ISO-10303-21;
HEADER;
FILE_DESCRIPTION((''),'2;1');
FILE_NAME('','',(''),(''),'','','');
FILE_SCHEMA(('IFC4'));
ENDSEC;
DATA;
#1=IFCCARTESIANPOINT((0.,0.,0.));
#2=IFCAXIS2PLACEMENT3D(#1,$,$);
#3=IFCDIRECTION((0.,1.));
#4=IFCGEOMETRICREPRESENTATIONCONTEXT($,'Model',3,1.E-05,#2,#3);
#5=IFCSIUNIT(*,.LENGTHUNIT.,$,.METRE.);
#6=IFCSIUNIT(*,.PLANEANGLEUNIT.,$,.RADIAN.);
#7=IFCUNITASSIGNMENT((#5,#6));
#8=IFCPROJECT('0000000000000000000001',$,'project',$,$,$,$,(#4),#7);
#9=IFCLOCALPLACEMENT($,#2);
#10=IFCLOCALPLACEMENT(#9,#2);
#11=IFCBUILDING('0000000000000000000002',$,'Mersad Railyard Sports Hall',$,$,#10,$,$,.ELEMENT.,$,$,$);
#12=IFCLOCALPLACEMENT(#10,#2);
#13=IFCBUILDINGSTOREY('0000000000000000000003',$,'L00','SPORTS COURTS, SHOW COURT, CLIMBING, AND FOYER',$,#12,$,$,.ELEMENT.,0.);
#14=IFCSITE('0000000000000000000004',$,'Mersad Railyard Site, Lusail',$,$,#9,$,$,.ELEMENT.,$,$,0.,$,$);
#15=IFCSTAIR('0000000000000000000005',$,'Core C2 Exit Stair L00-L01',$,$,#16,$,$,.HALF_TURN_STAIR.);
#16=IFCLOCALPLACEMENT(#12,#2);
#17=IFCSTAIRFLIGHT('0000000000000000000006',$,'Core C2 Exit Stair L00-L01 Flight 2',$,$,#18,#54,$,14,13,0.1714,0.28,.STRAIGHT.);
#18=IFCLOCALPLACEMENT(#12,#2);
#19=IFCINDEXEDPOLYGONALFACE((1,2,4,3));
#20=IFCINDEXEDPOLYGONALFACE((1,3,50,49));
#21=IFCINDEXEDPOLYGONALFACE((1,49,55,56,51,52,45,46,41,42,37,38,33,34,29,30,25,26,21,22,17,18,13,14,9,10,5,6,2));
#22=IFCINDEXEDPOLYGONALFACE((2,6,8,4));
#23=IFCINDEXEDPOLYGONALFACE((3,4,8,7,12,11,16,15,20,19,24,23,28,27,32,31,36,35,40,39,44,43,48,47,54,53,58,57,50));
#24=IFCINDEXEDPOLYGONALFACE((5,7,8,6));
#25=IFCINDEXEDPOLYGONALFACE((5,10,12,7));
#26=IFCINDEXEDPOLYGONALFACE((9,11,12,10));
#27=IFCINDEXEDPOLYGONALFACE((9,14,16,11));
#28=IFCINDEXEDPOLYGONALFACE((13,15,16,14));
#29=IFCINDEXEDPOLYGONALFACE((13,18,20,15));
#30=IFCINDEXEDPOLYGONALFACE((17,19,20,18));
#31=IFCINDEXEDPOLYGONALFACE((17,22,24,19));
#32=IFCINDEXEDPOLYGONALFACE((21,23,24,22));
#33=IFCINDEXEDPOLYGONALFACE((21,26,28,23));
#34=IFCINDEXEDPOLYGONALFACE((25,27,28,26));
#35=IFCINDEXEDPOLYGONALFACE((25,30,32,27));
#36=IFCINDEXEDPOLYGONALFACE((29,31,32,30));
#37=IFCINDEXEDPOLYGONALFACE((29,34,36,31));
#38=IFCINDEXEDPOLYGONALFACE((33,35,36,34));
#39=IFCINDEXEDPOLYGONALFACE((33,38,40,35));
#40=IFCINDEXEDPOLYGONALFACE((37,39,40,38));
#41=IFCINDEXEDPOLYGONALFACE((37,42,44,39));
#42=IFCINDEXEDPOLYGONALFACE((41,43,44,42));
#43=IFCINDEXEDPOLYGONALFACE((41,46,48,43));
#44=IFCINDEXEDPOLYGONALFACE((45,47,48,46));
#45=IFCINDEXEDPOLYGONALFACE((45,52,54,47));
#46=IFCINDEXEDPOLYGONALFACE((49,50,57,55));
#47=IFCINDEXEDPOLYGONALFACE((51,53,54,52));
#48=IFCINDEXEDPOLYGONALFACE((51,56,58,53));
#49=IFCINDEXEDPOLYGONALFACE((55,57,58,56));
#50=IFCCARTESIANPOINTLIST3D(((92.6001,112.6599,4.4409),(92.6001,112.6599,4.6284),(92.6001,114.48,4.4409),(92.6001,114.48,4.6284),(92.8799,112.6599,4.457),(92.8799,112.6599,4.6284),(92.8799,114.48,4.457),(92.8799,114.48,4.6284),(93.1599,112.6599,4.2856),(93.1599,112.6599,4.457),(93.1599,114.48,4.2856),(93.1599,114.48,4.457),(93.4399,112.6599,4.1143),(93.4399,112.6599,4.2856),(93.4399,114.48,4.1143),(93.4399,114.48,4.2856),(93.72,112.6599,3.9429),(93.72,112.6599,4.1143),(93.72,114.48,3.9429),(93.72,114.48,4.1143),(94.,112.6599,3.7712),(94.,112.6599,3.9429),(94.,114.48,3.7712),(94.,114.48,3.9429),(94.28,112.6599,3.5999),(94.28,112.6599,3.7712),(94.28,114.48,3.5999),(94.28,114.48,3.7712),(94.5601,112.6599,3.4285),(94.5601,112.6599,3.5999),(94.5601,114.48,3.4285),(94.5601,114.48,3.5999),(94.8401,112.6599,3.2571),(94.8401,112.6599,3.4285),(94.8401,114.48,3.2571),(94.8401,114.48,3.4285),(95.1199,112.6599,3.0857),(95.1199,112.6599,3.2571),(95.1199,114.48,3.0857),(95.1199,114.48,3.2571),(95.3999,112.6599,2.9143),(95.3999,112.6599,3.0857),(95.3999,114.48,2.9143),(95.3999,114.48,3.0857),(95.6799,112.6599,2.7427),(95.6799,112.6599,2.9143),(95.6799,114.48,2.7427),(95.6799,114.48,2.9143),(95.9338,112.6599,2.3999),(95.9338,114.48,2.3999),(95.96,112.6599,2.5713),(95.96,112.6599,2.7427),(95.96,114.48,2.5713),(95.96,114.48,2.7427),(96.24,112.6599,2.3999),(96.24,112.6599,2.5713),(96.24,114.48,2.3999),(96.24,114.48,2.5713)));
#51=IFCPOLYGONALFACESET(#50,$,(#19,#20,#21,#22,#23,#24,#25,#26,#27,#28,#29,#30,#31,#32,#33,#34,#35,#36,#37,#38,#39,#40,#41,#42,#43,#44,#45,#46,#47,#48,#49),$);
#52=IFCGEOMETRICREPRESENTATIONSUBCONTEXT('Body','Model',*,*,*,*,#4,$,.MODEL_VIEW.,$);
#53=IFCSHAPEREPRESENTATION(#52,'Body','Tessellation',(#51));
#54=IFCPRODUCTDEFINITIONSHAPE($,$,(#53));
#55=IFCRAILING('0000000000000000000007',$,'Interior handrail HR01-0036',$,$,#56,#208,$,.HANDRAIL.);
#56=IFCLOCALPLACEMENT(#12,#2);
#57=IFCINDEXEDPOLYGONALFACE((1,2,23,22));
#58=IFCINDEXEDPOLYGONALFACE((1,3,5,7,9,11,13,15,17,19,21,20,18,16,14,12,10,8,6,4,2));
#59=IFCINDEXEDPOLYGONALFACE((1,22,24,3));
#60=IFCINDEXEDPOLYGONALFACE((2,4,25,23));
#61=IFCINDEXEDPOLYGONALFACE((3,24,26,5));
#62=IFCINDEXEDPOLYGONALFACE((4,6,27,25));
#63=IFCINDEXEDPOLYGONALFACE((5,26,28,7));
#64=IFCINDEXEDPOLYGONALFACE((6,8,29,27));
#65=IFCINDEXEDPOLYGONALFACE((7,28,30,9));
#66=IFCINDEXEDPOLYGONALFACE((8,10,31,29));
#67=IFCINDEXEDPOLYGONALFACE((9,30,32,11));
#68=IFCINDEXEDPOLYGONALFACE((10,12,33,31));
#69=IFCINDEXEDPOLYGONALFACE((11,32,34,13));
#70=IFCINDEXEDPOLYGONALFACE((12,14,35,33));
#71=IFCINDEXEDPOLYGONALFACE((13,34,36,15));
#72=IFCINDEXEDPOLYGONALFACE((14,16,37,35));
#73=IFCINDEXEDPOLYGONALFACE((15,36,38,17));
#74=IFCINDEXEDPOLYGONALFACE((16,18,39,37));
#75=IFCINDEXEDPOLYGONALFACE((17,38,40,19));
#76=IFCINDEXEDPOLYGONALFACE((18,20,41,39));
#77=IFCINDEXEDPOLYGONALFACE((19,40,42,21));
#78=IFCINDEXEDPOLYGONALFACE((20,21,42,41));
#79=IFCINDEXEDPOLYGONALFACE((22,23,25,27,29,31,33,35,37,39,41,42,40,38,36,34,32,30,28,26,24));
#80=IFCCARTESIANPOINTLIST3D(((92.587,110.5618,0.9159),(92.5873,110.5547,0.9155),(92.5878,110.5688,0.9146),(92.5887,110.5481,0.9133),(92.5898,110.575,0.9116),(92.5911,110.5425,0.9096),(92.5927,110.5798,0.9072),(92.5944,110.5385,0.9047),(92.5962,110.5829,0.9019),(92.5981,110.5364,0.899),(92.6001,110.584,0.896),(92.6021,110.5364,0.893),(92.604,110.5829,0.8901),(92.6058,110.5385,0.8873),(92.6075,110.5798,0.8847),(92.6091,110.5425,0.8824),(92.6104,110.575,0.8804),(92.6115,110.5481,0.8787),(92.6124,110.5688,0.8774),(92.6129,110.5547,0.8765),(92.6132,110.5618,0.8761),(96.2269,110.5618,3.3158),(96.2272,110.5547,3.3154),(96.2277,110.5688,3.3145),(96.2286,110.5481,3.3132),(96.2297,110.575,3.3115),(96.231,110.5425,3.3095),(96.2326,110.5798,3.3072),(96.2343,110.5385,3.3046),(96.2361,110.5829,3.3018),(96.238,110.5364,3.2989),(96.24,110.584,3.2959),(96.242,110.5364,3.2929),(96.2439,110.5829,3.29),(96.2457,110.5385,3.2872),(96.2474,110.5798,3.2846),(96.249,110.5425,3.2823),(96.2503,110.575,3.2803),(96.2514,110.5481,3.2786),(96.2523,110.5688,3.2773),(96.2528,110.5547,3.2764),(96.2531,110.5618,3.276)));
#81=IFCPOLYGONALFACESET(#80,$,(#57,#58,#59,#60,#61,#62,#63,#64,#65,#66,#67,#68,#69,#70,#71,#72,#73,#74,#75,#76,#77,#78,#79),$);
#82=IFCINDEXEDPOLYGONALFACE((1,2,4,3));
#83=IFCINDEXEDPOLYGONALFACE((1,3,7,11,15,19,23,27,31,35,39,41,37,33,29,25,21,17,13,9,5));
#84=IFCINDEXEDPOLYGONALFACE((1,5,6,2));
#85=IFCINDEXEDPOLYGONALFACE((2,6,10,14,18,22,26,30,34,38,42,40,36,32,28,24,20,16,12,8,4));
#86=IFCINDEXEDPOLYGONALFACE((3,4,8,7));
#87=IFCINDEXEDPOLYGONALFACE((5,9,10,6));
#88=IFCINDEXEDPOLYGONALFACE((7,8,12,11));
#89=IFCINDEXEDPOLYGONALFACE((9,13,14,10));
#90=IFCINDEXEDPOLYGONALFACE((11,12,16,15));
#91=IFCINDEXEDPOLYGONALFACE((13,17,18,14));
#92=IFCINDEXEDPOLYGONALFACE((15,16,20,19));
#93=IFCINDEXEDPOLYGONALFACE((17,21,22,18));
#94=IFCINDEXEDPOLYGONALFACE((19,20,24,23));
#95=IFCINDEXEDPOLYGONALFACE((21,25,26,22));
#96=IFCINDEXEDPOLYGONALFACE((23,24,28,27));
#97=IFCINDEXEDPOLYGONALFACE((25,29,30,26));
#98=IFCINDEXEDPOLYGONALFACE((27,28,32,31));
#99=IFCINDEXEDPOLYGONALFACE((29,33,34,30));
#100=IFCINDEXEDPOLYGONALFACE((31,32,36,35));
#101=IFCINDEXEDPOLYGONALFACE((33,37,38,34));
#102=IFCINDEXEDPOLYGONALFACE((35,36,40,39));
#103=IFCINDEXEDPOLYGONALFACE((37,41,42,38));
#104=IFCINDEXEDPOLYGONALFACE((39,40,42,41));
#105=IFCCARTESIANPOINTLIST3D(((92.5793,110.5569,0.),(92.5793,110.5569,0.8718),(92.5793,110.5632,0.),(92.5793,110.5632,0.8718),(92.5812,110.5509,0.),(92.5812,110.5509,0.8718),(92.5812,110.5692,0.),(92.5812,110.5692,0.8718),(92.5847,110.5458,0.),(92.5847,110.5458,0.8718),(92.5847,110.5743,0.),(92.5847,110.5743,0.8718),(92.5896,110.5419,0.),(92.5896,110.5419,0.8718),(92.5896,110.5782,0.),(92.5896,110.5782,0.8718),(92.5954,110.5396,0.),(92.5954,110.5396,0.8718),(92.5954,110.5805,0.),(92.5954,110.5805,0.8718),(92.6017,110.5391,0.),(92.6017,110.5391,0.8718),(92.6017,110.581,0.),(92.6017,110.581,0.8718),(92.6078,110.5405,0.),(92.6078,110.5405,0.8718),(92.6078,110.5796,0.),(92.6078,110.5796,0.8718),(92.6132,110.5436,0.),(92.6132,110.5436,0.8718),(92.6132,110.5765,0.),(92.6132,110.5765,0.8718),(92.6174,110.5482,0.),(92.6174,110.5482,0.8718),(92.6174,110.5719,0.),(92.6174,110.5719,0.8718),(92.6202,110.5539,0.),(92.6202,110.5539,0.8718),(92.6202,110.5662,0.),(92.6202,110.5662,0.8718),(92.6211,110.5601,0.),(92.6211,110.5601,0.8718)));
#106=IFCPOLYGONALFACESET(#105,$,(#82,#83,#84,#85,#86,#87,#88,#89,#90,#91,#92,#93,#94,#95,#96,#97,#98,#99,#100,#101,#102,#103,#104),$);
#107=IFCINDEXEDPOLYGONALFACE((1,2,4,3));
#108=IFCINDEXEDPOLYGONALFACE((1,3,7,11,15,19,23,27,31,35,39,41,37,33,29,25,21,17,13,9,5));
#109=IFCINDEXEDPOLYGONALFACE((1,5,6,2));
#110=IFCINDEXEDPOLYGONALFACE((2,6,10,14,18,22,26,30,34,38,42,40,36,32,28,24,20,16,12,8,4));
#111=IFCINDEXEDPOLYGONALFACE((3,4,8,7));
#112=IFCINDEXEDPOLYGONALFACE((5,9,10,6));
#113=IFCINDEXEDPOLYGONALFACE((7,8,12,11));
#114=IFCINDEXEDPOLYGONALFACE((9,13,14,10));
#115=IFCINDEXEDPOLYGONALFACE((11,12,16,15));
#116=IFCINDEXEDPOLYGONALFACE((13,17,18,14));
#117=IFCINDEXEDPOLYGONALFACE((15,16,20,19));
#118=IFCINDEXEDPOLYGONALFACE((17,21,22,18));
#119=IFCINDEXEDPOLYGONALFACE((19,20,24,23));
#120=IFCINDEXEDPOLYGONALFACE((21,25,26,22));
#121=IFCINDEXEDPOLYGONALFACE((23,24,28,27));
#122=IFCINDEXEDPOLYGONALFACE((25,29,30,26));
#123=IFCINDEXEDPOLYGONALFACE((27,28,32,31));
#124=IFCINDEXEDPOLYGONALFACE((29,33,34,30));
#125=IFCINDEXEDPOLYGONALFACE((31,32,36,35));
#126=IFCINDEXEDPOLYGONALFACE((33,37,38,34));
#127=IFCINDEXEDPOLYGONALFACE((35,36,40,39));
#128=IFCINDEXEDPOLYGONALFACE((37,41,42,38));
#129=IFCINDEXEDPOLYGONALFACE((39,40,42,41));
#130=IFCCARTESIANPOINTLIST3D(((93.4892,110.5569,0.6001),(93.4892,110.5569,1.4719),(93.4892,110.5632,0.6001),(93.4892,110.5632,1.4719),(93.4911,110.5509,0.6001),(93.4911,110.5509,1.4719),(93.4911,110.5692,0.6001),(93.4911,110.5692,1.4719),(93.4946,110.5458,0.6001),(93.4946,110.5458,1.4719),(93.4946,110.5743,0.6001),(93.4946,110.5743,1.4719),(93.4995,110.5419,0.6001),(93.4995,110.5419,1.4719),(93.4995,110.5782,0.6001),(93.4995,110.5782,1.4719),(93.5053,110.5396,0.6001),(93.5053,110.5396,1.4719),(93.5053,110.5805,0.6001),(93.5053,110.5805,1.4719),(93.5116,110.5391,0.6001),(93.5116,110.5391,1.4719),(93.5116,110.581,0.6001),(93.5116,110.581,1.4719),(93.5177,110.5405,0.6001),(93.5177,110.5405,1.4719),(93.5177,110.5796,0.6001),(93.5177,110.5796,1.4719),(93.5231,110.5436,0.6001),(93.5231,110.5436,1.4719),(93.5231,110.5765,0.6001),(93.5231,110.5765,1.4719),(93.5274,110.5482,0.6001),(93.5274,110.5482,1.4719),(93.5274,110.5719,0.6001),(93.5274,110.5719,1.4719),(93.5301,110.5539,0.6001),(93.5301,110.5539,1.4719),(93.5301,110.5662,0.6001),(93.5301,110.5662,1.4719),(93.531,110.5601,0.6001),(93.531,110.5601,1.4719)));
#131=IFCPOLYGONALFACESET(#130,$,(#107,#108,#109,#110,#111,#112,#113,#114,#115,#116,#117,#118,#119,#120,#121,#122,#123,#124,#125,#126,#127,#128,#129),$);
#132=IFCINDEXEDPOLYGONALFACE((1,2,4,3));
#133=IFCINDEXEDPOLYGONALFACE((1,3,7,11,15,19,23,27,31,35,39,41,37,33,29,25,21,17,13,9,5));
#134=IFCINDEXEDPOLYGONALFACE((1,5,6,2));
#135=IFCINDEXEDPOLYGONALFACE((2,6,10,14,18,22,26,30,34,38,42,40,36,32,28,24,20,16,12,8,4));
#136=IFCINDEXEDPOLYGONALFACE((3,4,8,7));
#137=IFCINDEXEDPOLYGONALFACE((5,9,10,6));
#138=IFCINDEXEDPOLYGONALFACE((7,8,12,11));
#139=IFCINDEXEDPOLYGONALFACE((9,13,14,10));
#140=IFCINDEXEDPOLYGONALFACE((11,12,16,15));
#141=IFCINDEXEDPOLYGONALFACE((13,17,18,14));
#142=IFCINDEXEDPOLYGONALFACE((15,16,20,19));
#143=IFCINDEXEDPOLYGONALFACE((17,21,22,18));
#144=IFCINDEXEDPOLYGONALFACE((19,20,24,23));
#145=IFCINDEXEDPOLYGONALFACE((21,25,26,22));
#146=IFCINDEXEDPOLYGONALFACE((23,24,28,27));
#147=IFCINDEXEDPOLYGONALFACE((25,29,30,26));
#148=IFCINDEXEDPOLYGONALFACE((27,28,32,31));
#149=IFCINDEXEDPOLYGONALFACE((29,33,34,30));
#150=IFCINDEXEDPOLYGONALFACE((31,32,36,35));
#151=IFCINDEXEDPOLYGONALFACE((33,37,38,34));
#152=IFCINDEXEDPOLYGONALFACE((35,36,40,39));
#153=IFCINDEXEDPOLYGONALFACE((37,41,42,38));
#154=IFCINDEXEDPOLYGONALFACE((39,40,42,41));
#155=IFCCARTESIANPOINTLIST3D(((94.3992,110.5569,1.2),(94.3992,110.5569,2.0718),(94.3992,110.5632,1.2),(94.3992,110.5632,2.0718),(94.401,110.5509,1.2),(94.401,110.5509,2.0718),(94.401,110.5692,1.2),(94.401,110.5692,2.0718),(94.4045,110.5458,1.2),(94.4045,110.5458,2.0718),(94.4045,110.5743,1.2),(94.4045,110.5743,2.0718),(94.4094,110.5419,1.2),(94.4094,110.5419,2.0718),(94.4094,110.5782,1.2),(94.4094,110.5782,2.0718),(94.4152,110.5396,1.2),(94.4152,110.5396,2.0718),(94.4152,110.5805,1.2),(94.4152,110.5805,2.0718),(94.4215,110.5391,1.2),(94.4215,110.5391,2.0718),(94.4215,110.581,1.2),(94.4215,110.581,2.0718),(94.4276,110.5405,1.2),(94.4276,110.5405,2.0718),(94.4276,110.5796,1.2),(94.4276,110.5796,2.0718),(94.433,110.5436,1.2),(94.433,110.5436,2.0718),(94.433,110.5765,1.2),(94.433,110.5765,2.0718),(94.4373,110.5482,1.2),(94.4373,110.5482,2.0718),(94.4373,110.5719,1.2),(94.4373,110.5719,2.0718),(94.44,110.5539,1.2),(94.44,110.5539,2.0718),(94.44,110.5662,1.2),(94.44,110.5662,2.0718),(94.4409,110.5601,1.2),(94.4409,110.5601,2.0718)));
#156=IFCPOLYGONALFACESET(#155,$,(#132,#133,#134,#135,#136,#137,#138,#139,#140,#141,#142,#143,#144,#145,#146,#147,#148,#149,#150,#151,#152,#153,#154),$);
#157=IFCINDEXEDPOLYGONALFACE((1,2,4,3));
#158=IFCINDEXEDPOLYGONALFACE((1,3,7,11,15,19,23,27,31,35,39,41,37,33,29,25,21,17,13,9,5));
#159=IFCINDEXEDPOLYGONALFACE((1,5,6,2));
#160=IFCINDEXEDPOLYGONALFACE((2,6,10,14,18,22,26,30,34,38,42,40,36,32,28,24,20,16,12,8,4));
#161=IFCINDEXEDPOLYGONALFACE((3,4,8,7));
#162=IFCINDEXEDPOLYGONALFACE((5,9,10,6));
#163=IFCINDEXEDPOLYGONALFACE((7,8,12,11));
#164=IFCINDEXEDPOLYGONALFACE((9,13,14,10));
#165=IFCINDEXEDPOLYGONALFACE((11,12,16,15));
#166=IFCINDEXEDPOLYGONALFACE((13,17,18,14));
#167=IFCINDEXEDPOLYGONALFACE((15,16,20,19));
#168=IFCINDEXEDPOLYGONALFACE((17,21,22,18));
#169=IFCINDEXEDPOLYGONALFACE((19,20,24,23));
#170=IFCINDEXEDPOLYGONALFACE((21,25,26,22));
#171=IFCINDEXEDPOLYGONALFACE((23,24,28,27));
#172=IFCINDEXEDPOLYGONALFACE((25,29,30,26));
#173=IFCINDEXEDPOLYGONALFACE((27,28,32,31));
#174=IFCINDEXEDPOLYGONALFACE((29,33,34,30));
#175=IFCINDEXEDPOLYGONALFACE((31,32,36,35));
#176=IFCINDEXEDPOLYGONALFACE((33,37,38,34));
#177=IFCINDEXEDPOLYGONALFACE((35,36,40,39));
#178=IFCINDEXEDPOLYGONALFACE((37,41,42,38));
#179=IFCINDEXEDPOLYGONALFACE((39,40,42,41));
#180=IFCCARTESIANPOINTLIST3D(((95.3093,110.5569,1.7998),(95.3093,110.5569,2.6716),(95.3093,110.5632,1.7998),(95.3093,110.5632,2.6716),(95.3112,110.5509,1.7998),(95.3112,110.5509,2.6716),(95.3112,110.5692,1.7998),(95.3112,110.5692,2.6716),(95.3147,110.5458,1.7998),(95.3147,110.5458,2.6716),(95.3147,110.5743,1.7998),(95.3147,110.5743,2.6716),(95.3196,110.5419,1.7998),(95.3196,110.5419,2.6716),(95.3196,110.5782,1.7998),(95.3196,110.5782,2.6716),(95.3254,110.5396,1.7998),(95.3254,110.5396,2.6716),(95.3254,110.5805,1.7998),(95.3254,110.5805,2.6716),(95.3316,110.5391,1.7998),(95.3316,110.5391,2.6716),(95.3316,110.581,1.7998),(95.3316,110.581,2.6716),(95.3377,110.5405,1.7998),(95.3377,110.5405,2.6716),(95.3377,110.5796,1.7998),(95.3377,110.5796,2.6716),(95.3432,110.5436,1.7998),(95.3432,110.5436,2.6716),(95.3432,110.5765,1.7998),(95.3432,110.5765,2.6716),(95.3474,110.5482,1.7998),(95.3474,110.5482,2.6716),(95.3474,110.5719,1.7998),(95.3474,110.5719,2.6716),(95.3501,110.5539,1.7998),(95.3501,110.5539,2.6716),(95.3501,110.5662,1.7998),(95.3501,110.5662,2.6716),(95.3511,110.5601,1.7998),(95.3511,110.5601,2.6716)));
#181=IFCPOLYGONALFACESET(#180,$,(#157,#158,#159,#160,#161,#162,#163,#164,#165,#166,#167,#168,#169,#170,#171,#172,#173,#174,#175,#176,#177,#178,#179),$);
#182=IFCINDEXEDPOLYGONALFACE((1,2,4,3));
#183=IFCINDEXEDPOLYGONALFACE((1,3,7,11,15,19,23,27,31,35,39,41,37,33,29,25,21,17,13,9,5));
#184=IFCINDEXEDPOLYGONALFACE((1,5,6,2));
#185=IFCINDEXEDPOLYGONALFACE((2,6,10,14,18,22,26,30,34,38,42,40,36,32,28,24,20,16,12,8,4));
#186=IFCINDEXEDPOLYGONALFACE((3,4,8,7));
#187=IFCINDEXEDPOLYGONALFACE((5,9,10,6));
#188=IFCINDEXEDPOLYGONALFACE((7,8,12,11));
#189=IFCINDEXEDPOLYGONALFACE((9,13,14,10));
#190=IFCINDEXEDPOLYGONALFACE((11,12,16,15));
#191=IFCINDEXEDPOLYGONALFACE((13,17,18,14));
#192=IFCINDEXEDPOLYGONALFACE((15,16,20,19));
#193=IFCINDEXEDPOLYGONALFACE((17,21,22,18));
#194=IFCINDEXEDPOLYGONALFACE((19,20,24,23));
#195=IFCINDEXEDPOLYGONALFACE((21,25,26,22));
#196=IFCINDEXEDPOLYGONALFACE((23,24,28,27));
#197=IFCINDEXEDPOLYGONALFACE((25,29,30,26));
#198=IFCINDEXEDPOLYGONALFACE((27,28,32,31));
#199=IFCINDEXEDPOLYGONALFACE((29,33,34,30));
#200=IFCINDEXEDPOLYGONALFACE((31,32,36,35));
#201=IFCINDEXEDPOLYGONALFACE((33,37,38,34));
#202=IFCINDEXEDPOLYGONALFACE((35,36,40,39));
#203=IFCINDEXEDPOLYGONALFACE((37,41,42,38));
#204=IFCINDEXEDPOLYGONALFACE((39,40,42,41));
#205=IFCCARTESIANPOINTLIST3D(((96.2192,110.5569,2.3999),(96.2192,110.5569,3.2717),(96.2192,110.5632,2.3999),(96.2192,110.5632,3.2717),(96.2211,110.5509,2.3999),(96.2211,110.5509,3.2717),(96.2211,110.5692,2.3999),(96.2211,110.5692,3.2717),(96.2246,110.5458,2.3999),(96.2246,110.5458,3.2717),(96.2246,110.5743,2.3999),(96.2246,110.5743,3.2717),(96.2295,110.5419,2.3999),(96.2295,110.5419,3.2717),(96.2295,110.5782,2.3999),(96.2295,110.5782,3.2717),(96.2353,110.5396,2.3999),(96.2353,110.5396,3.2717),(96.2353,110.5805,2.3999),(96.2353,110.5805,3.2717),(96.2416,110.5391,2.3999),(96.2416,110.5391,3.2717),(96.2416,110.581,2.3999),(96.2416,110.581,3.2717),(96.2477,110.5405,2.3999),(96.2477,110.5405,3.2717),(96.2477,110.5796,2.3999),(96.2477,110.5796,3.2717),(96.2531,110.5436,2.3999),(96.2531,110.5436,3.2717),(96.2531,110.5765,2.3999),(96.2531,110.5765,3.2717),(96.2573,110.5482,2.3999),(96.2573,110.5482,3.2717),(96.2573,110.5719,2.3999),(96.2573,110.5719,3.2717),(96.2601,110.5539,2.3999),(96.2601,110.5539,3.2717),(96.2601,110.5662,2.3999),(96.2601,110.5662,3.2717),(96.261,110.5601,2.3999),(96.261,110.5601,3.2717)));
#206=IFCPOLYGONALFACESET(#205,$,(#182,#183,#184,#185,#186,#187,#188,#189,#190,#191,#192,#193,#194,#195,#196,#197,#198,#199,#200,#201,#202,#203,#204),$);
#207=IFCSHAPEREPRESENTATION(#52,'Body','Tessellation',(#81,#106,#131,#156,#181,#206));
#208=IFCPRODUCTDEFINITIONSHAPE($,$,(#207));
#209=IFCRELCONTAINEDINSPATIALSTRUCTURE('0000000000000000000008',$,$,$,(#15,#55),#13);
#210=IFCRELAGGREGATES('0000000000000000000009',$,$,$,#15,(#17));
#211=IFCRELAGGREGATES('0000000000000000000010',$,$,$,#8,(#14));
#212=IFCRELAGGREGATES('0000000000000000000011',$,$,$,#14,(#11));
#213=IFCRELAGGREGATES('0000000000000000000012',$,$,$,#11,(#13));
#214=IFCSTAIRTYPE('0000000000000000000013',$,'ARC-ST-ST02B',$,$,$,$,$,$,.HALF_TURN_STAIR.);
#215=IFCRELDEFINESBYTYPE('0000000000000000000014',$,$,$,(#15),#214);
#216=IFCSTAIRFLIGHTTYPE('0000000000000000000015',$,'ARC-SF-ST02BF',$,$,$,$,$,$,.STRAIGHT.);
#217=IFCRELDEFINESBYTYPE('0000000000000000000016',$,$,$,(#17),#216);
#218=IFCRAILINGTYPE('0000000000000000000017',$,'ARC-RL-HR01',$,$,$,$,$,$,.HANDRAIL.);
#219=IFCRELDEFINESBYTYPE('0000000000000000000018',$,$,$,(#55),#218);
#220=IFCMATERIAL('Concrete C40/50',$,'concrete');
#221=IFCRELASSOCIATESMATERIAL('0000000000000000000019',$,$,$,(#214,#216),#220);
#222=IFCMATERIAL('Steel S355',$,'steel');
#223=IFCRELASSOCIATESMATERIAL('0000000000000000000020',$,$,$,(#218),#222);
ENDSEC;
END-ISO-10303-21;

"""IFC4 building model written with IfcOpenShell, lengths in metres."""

from ifc_helpers import new_model, si_unit, direction, frame, origin, origin_2d, place, context, subcontext, project, spatial, polyline, circle, outline, extrude, material, type_object, element, aggregate, save


model = new_model("IFC4")

# Units and contexts
model_context = context("Model", 3, precision=1e-05, world=origin(), true_north=direction((0.0, 1.0)))
body_context = subcontext(model_context, "Body", "Model", "MODEL_VIEW")
ifc_project = project(units=[si_unit("LENGTHUNIT", "METRE"), si_unit("PLANEANGLEUNIT", "RADIAN")], contexts=[model_context])

# Site, building, storey
site_placement = place(None, origin())
site = spatial("IfcSite", under=ifc_project, at=site_placement, Name="Mersad Railyard Site, Lusail", CompositionType="ELEMENT", RefElevation=0.0)
building_placement = place(site_placement, origin())
building = spatial("IfcBuilding", under=site, at=building_placement, Name="Mersad Railyard Sports Hall", CompositionType="ELEMENT")
storey_placement = place(building_placement, origin())
storey = spatial("IfcBuildingStorey", under=building, at=storey_placement, Name="L00", Description="SPORTS COURTS, SHOW COURT, CLIMBING, AND FOYER", CompositionType="ELEMENT", Elevation=0.0)

# Shared definitions
ifc_material_1 = material(Name="Concrete C40/50", Category="concrete")

# Shared definitions
ifc_material_2 = material(Name="Steel S355", Category="steel")

# Stair, stair flight
stair_type = type_object("IfcStairType", Name="ARC-ST-ST02B", PredefinedType="HALF_TURN_STAIR", material=ifc_material_1)
stair_placement = place(storey_placement, origin())
stair = element("IfcStair", 1, at=stair_placement, inside=storey, type_object=stair_type, Name="Core C2 Exit Stair L00-L01", PredefinedType="HALF_TURN_STAIR")
stair_flight_type = type_object("IfcStairFlightType", Name="ARC-SF-ST02BF", PredefinedType="STRAIGHT", material=ifc_material_1)
stair_flight_1_placement = place(storey_placement, frame((96.24, 113.5701, 2.3999), z_axis=(0.0, 0.0, 1.0), x_axis=(-1.0, 0.0, 0.0)))
stair_flight_1 = element("IfcStairFlight", 2, at=stair_flight_1_placement, type_object=stair_flight_type, Name="Core C2 Exit Stair L00-L01 Flight 2", NumberOfRisers=14, NumberOfTreads=13, PredefinedType="STRAIGHT", RiserHeight=0.1714, TreadLength=0.28, context=body_context, shape_type="SweptSolid", body=[
    extrude(outline(polyline([(0.0, 0.0), (0.0, 0.1714), (0.28, 0.1714), (0.28, 0.3428), (0.5601, 0.3428), (0.5601, 0.5144), (0.8401, 0.5144), (0.8401, 0.6858), (1.1201, 0.6858), (1.1201, 0.8572), (1.3999, 0.8572), (1.3999, 1.0286), (1.6799, 1.0286), (1.6799, 1.2), (1.96, 1.2), (1.96, 1.3713), (2.24, 1.3713), (2.24, 1.543), (2.52, 1.543), (2.52, 1.7144), (2.8, 1.7144), (2.8, 1.8857), (3.0801, 1.8857), (3.0801, 2.0571), (3.3601, 2.0571), (3.3601, 2.2285), (3.6399, 2.2285), (3.6399, 2.3999), (3.6399, 2.041), (0.3062, 0.0), (0.0, 0.0)])), frame((0.0, 0.9102, 0.0), z_axis=(0.0, -1.0, 0.0), x_axis=(1.0, 0.0, 0.0)), (0.0, 0.0, 1.0), 1.8201),
])
aggregate(stair, [stair_flight_1])

# Railing
railing_type_1 = type_object("IfcRailingType", Name="ARC-RL-HR01", PredefinedType="HANDRAIL", material=ifc_material_2)
railing_1_placement = place(storey_placement, frame((92.6001, 110.5601, 0.0)))
element("IfcRailing", 3, at=railing_1_placement, inside=storey, type_object=railing_type_1, Name="Interior handrail HR01-0036", PredefinedType="HANDRAIL", context=body_context, shape_type="SweptSolid", body=[
    extrude(circle(Radius=0.0239, at=origin_2d()), frame((0.0, 0.0, 0.896), z_axis=(0.834865, 0.0, 0.550454), x_axis=(0.0, 1.0, 0.0)), (0.0, 0.0, 1.0), 4.3599),
    extrude(circle(Radius=0.021, at=origin_2d()), origin(), (0.0, 0.0, 1.0), 0.8718),
    extrude(circle(Radius=0.021, at=origin_2d()), frame((0.9099, 0.0, 0.6001)), (0.0, 0.0, 1.0), 0.8718),
    extrude(circle(Radius=0.021, at=origin_2d()), frame((1.8198, 0.0, 1.2)), (0.0, 0.0, 1.0), 0.8718),
    extrude(circle(Radius=0.021, at=origin_2d()), frame((2.73, 0.0, 1.7998)), (0.0, 0.0, 1.0), 0.8718),
    extrude(circle(Radius=0.021, at=origin_2d()), frame((3.6399, 0.0, 2.3999)), (0.0, 0.0, 1.0), 0.8718),
])

save(model, "model.ifc")
